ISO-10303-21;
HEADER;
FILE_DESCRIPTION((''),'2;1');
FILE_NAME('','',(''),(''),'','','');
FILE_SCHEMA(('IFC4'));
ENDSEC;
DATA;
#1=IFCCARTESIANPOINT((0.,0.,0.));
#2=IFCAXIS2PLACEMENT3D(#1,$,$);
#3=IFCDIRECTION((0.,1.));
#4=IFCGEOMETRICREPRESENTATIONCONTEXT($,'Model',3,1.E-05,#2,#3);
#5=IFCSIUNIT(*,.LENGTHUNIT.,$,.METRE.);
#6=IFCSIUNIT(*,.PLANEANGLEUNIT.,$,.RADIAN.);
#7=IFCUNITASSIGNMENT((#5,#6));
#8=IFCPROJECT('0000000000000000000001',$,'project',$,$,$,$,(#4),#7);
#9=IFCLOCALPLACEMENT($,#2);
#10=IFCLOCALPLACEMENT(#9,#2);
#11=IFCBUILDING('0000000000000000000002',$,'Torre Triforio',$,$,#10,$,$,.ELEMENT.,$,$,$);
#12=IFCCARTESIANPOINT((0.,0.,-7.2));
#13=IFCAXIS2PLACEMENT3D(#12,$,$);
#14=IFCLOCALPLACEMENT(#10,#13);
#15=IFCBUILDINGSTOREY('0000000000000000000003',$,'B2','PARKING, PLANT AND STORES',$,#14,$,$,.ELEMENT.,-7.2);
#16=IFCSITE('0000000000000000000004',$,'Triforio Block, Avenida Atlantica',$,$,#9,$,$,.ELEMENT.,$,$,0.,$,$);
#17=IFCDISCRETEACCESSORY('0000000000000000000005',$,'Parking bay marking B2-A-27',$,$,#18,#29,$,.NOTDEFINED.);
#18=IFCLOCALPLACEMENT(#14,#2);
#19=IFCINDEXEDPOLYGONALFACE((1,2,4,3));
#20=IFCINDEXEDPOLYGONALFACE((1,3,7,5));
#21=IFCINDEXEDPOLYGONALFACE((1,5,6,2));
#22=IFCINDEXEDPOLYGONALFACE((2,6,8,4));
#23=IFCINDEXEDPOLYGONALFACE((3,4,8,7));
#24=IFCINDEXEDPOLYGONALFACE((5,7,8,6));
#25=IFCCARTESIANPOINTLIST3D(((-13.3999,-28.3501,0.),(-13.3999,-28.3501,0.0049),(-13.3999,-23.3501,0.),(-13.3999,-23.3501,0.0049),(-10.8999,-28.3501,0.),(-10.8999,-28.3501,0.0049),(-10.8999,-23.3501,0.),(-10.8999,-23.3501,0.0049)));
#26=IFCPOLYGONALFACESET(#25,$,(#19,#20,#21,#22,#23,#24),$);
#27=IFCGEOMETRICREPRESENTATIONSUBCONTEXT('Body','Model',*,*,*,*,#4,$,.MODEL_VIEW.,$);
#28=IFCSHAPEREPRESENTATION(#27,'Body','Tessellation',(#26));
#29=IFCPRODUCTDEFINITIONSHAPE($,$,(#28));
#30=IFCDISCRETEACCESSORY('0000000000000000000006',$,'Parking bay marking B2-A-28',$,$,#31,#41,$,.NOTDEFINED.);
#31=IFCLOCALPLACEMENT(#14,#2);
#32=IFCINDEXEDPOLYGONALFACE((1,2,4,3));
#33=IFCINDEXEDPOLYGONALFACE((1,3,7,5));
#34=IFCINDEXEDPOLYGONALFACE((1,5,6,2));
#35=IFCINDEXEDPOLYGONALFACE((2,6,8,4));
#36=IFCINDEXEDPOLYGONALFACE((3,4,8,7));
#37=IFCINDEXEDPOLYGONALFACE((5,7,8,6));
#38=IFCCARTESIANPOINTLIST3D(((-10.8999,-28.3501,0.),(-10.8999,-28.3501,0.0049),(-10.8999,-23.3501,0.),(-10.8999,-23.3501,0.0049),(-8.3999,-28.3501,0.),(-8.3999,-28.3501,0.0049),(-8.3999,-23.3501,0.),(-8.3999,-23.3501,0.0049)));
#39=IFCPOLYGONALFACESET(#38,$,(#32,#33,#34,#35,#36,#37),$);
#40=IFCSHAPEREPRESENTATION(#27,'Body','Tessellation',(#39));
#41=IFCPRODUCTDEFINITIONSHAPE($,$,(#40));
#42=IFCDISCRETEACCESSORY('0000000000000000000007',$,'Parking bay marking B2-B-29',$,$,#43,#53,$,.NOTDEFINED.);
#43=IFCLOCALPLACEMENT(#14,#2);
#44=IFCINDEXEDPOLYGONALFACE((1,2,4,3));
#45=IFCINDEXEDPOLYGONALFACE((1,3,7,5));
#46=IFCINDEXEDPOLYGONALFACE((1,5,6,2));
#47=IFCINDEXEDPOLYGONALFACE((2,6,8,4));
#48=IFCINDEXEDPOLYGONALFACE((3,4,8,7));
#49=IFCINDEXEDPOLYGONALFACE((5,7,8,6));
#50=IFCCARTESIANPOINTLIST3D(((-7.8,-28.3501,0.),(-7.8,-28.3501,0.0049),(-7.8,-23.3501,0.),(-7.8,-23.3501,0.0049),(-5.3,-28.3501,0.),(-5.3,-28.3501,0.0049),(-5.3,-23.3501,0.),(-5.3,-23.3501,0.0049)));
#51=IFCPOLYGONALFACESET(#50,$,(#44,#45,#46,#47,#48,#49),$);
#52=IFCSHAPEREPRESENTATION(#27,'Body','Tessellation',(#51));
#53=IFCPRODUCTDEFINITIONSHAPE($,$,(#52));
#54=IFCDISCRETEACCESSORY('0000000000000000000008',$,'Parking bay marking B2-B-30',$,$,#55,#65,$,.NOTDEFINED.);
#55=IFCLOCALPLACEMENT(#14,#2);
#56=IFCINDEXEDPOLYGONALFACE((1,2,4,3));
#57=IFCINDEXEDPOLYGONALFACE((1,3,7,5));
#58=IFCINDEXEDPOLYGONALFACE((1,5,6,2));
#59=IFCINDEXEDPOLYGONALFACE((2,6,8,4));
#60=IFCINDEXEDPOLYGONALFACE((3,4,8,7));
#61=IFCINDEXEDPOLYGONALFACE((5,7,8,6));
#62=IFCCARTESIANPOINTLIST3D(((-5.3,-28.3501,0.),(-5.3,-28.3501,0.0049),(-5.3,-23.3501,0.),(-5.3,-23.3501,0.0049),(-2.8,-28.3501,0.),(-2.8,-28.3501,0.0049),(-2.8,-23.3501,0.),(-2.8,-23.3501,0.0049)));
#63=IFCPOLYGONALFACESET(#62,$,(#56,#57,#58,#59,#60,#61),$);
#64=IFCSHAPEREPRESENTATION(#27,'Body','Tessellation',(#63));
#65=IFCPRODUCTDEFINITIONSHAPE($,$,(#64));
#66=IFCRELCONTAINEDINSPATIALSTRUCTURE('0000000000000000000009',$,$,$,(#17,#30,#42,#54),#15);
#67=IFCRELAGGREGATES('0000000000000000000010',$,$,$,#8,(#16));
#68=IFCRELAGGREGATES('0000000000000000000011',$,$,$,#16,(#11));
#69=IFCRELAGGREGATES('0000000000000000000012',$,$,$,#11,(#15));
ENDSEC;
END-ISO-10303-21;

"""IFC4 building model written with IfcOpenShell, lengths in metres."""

from ifc_helpers import new_model, si_unit, direction, frame, origin, origin_2d, place, context, subcontext, project, spatial, rectangle, extrude, element, save


model = new_model("IFC4")

# Units and contexts
model_context = context("Model", 3, precision=1e-05, world=origin(), true_north=direction((0.0, 1.0)))
body_context = subcontext(model_context, "Body", "Model", "MODEL_VIEW")
ifc_project = project(units=[si_unit("LENGTHUNIT", "METRE"), si_unit("PLANEANGLEUNIT", "RADIAN")], contexts=[model_context])

# Site, building, storey
site_placement = place(None, origin())
site = spatial("IfcSite", under=ifc_project, at=site_placement, Name="Triforio Block, Avenida Atlantica", CompositionType="ELEMENT", RefElevation=0.0)
building_placement = place(site_placement, origin())
building = spatial("IfcBuilding", under=site, at=building_placement, Name="Torre Triforio", CompositionType="ELEMENT")
storey_placement = place(building_placement, frame((0.0, 0.0, -7.2)))
storey = spatial("IfcBuildingStorey", under=building, at=storey_placement, Name="B2", Description="PARKING, PLANT AND STORES", CompositionType="ELEMENT", Elevation=-7.2)

# Discrete accessories
for number, where, z_axis, x_axis, name in (
    (1, (-12.1499, -25.8501, 0.0), (0.0, 0.0, 1.0), (1.0, 0.0, 0.0), "Parking bay marking B2-A-27"),
    (2, (-9.6499, -25.8501, 0.0), (0.0, 0.0, 1.0), (1.0, 0.0, 0.0), "Parking bay marking B2-A-28"),
    (3, (-6.55, -25.8501, 0.0), (0.0, 0.0, 1.0), (1.0, 0.0, 0.0), "Parking bay marking B2-B-29"),
    (4, (-4.05, -25.8501, 0.0), (0.0, 0.0, 1.0), (1.0, 0.0, 0.0), "Parking bay marking B2-B-30"),
):
    element("IfcDiscreteAccessory", number, at=place(storey_placement, frame(where, z_axis=z_axis, x_axis=x_axis)), inside=storey, Name=name, PredefinedType="NOTDEFINED", context=body_context, shape_type="SweptSolid", body=[
        extrude(rectangle(XDim=2.5, YDim=5.0, at=origin_2d()), origin(), (0.0, 0.0, 1.0), 0.0049),
    ])

save(model, "model.ifc")
